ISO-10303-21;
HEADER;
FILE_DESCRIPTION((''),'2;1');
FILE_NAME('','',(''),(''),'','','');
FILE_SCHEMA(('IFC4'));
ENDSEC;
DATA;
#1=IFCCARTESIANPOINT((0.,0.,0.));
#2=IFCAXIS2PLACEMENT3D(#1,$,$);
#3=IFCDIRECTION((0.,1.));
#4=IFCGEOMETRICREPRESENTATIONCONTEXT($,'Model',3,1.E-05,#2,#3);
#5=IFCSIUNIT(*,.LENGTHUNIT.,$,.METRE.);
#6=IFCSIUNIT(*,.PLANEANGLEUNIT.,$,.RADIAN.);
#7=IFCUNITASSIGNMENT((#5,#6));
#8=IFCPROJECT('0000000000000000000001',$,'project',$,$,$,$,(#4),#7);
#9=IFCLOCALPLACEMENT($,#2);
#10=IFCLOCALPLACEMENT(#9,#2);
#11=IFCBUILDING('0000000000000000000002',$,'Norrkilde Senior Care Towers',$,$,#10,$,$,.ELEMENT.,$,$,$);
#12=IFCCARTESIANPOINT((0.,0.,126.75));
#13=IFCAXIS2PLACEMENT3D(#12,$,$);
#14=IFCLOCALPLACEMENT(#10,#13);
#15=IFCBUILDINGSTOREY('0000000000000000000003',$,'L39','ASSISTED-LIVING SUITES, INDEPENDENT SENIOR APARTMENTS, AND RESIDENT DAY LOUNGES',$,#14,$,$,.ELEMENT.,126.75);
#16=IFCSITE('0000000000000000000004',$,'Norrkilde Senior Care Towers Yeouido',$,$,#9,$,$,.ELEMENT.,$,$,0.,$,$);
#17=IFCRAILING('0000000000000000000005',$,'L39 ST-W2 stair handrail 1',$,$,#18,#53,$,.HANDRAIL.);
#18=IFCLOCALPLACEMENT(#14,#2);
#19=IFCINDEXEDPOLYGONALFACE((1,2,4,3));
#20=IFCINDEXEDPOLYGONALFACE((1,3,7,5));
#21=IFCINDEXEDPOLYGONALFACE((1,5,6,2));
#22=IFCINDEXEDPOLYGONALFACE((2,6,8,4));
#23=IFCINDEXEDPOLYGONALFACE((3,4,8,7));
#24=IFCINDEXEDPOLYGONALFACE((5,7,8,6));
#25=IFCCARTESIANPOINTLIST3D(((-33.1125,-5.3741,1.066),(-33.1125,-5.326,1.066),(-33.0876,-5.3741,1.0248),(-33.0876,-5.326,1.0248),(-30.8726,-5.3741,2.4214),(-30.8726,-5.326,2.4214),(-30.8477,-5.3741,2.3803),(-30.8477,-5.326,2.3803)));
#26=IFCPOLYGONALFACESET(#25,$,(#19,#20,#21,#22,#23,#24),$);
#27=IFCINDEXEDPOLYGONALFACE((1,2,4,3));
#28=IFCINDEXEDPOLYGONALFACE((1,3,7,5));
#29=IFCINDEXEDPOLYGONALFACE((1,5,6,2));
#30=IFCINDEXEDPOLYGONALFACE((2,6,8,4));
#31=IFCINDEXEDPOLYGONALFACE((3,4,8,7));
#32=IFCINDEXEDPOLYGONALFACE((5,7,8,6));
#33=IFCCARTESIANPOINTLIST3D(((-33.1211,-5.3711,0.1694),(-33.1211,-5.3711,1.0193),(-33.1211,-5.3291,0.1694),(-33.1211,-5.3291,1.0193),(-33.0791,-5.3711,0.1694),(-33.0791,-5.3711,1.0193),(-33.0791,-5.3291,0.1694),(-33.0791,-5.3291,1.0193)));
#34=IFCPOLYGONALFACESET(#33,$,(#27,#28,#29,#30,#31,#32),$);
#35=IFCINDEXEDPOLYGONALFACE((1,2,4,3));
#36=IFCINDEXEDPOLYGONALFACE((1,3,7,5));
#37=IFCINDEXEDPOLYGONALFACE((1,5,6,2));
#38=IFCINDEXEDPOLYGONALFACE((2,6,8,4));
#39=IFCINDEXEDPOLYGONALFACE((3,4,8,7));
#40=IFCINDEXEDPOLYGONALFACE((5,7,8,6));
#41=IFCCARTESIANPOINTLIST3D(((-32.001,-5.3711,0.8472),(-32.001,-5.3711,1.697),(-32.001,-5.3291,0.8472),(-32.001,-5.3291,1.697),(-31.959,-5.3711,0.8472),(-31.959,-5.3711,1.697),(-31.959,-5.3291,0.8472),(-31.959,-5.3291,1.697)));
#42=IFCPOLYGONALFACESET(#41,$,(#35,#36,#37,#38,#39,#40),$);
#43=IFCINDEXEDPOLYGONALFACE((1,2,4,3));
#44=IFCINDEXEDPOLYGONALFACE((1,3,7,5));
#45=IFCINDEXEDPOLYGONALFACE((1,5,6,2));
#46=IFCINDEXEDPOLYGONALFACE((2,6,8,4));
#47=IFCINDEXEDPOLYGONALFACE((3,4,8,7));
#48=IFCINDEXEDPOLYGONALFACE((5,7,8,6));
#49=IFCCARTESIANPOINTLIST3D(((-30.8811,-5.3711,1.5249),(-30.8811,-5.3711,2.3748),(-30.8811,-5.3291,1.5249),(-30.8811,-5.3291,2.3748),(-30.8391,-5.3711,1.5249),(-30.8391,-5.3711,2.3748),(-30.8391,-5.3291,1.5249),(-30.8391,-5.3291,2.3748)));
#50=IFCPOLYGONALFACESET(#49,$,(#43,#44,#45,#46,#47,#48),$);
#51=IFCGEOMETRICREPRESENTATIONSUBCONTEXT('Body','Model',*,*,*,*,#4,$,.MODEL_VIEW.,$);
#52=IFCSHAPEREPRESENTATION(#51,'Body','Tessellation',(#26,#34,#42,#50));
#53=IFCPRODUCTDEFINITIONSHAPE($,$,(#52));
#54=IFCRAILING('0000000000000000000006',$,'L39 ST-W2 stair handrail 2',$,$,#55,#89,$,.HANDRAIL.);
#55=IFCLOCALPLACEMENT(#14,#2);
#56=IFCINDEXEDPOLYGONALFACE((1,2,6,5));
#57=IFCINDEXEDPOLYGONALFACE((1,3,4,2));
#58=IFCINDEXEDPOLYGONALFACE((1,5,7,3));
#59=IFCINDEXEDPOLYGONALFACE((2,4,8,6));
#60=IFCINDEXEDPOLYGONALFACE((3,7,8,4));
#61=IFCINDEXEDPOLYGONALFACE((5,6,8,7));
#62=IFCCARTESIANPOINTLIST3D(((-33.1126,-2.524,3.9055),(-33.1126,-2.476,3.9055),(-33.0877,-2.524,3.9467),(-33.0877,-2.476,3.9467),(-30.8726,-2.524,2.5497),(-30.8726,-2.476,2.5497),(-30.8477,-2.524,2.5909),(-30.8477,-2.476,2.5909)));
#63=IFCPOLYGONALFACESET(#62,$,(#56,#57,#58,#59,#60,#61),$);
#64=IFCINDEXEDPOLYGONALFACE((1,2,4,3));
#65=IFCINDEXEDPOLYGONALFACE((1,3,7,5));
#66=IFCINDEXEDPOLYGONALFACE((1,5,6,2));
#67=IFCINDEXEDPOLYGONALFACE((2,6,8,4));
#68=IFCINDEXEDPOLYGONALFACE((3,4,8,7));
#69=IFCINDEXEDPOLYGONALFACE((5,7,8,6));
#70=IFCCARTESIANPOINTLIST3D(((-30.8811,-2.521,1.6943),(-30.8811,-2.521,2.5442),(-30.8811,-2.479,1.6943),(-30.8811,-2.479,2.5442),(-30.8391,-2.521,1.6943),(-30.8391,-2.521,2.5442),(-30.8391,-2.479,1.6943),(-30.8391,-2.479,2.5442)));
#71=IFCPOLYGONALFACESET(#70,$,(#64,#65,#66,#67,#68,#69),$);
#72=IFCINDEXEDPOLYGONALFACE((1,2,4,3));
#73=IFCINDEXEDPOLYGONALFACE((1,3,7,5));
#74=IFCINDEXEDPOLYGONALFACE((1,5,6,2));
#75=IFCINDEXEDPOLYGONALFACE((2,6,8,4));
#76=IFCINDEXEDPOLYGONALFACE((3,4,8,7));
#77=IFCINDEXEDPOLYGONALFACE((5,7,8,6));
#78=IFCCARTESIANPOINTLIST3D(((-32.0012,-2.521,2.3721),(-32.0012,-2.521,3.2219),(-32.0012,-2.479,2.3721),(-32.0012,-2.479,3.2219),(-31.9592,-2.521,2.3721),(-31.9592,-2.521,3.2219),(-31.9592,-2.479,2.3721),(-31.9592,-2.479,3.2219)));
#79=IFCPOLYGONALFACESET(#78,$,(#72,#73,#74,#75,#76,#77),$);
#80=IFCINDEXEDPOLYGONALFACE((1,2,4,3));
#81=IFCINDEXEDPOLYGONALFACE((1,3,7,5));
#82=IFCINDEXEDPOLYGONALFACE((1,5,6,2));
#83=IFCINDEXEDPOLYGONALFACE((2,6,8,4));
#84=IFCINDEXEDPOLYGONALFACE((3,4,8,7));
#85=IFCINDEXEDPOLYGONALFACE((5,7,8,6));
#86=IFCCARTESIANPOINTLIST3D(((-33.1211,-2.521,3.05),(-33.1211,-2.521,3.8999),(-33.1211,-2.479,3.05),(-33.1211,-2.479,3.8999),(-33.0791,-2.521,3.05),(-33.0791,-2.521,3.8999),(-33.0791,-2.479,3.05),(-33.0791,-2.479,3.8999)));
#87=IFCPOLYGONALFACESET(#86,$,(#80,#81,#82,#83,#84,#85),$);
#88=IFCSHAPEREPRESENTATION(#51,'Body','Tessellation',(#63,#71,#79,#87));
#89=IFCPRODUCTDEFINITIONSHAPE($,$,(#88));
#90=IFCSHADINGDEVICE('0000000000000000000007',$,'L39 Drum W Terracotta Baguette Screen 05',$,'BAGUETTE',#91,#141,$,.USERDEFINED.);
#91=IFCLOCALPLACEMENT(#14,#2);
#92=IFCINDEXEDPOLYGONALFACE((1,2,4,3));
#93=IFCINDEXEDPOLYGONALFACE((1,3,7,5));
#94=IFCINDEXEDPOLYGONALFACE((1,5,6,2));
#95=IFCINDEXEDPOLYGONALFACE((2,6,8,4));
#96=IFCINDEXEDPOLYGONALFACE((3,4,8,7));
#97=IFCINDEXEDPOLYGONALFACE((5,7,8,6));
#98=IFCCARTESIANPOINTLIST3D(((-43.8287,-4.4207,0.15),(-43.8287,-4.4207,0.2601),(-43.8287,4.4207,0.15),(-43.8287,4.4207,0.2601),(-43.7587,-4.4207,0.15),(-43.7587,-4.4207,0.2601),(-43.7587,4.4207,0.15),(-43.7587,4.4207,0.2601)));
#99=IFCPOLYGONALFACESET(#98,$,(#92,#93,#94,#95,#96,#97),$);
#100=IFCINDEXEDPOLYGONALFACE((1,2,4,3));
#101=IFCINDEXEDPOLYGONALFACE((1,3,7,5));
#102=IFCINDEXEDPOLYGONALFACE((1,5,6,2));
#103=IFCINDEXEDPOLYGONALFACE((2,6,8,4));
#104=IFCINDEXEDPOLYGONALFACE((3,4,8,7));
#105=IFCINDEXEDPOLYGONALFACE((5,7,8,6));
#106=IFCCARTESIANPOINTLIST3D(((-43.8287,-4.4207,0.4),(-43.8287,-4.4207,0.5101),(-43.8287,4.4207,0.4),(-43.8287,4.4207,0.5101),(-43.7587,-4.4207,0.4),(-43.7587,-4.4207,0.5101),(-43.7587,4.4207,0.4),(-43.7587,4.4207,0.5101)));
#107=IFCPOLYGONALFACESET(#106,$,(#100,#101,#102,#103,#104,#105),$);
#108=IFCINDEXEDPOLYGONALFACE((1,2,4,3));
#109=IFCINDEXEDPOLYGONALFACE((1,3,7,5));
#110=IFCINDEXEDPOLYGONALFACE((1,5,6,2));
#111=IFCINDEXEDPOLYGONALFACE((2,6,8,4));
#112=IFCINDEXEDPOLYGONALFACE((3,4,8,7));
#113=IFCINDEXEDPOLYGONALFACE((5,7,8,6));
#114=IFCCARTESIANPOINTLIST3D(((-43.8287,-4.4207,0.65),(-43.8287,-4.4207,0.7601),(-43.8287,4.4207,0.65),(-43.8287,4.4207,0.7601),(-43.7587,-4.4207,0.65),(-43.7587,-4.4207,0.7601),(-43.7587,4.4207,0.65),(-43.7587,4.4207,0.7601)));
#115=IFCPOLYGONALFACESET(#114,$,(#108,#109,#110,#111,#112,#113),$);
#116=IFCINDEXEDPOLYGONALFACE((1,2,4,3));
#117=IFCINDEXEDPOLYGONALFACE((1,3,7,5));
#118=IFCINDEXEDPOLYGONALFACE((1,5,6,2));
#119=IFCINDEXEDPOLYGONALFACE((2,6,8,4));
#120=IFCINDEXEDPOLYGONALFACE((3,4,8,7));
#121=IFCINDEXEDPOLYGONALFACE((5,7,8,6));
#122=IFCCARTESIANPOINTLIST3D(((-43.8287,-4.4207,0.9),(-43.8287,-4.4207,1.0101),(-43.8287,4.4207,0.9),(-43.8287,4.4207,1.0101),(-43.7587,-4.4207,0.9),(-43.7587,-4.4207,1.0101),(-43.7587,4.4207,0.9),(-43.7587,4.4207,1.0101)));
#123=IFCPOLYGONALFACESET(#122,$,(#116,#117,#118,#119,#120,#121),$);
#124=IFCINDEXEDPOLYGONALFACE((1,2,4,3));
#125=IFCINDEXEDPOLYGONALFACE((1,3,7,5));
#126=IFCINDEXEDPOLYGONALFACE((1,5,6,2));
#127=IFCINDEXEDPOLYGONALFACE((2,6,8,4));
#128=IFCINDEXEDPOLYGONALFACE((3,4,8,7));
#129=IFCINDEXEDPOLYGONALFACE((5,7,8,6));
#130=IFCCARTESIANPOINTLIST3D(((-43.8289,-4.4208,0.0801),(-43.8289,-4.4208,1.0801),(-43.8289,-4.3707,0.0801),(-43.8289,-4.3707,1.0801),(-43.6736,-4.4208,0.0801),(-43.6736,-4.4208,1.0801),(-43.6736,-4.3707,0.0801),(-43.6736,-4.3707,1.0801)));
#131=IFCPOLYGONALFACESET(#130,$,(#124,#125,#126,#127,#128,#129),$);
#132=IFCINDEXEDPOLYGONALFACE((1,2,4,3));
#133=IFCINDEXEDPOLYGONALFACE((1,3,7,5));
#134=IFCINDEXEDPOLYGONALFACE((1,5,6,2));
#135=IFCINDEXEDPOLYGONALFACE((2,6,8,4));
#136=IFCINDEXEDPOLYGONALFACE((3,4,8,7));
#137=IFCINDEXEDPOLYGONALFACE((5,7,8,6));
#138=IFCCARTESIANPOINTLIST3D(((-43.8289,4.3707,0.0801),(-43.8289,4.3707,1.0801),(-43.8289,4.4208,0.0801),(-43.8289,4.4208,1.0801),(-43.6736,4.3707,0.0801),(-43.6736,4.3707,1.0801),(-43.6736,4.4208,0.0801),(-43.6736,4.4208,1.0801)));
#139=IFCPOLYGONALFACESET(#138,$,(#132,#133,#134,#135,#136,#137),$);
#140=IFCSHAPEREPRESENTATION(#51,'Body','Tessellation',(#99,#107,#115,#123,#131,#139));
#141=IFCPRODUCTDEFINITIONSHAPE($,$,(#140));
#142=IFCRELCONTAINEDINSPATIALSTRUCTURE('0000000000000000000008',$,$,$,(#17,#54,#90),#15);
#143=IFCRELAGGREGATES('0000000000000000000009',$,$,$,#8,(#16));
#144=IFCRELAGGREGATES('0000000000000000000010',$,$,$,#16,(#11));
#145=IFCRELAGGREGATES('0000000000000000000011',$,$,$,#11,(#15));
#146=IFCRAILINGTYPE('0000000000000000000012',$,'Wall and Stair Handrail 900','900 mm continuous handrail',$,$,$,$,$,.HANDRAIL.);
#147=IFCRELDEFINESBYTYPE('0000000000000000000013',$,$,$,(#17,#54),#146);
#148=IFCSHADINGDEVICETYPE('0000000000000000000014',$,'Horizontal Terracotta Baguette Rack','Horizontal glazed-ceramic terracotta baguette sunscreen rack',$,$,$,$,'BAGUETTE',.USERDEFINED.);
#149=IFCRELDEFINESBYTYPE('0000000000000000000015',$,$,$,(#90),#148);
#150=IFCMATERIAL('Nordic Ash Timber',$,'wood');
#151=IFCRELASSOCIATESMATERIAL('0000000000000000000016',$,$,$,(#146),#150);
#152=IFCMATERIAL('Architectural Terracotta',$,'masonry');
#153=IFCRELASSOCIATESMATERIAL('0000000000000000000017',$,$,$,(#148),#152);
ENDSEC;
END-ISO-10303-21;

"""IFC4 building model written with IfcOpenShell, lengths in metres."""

from ifc_helpers import new_model, si_unit, direction, frame, origin, origin_2d, place, context, subcontext, project, spatial, rectangle, extrude, source, transform, mapped, material, type_object, type_shapes, element, save


model = new_model("IFC4")

# Units and contexts
model_context = context("Model", 3, precision=1e-05, world=origin(), true_north=direction((0.0, 1.0)))
body_context = subcontext(model_context, "Body", "Model", "MODEL_VIEW")
ifc_project = project(units=[si_unit("LENGTHUNIT", "METRE"), si_unit("PLANEANGLEUNIT", "RADIAN")], contexts=[model_context])

# Site, building, storey
site_placement = place(None, origin())
site = spatial("IfcSite", under=ifc_project, at=site_placement, Name="Norrkilde Senior Care Towers Yeouido", CompositionType="ELEMENT", RefElevation=0.0)
building_placement = place(site_placement, origin())
building = spatial("IfcBuilding", under=site, at=building_placement, Name="Norrkilde Senior Care Towers", CompositionType="ELEMENT")
storey_placement = place(building_placement, frame((0.0, 0.0, 126.75)))
storey = spatial("IfcBuildingStorey", under=building, at=storey_placement, Name="L39", Description="ASSISTED-LIVING SUITES, INDEPENDENT SENIOR APARTMENTS, AND RESIDENT DAY LOUNGES", CompositionType="ELEMENT", Elevation=126.75)

# Railings
ifc_material_1 = material(Name="Nordic Ash Timber", Category="wood")
railing_type_1 = type_object("IfcRailingType", Name="Wall and Stair Handrail 900", Description="900 mm continuous handrail", PredefinedType="HANDRAIL", material=ifc_material_1)
railing_1_placement = place(storey_placement, frame((-33.1001, -5.3501, 0.1694)))
element("IfcRailing", 1, at=railing_1_placement, inside=storey, type_object=railing_type_1, Name="L39 ST-W2 stair handrail 1", PredefinedType="HANDRAIL", context=body_context, shape_type="SweptSolid", body=[
    extrude(rectangle(XDim=0.0481, YDim=0.0481, at=origin_2d()), frame((0.0, 0.0, 0.876), z_axis=(0.855553, 0.0, 0.517715), x_axis=(0.0, 1.0, 0.0)), (0.0, 0.0, 1.0), 2.6182),
    extrude(rectangle(XDim=0.042, YDim=0.042, at=origin_2d()), origin(), (0.0, 0.0, 1.0), 0.8499),
    extrude(rectangle(XDim=0.042, YDim=0.042, at=origin_2d()), frame((1.1201, 0.0, 0.6777)), (0.0, 0.0, 1.0), 0.8499),
    extrude(rectangle(XDim=0.042, YDim=0.042, at=origin_2d()), frame((2.24, 0.0, 1.3555)), (0.0, 0.0, 1.0), 0.8499),
])
railing_2_placement = place(storey_placement, frame((-30.8601, -2.5, 1.6943)))
element("IfcRailing", 2, at=railing_2_placement, inside=storey, type_object=railing_type_1, Name="L39 ST-W2 stair handrail 2", PredefinedType="HANDRAIL", context=body_context, shape_type="SweptSolid", body=[
    extrude(rectangle(XDim=0.0481, YDim=0.0481, at=origin_2d()), frame((0.0, 0.0, 0.876), z_axis=(-0.855512, 0.0, 0.517783), x_axis=(0.0, -1.0, 0.0)), (0.0, 0.0, 1.0), 2.6184),
    extrude(rectangle(XDim=0.042, YDim=0.042, at=origin_2d()), origin(), (0.0, 0.0, 1.0), 0.8499),
    extrude(rectangle(XDim=0.042, YDim=0.042, at=origin_2d()), frame((-1.1201, 0.0, 0.6777)), (0.0, 0.0, 1.0), 0.8499),
    extrude(rectangle(XDim=0.042, YDim=0.042, at=origin_2d()), frame((-2.24, 0.0, 1.3557)), (0.0, 0.0, 1.0), 0.8499),
])

# Shading device
ifc_material_2 = material(Name="Architectural Terracotta", Category="masonry")
shading_device_type = type_object("IfcShadingDeviceType", Name="Horizontal Terracotta Baguette Rack", Description="Horizontal glazed-ceramic terracotta baguette sunscreen rack", ElementType="BAGUETTE", PredefinedType="USERDEFINED", material=ifc_material_2)
shared_shape_1 = source(origin(), body_context, "Body", "SweptSolid", [
    extrude(rectangle(XDim=0.0701, YDim=0.1101, at=origin_2d()), frame((0.0, 0.0901, 0.125), z_axis=(1.0, 0.0, 0.0), x_axis=(0.0, 1.0, 0.0)), (0.0, 0.0, 1.0), 8.8413),
    extrude(rectangle(XDim=0.0701, YDim=0.1101, at=origin_2d()), frame((0.0, 0.0901, 0.375), z_axis=(1.0, 0.0, 0.0), x_axis=(0.0, 1.0, 0.0)), (0.0, 0.0, 1.0), 8.8413),
    extrude(rectangle(XDim=0.0701, YDim=0.1101, at=origin_2d()), frame((0.0, 0.0901, 0.625), z_axis=(1.0, 0.0, 0.0), x_axis=(0.0, 1.0, 0.0)), (0.0, 0.0, 1.0), 8.8413),
    extrude(rectangle(XDim=0.0701, YDim=0.1101, at=origin_2d()), frame((0.0, 0.0901, 0.875), z_axis=(1.0, 0.0, 0.0), x_axis=(0.0, 1.0, 0.0)), (0.0, 0.0, 1.0), 8.8413),
    extrude(rectangle(XDim=0.05, YDim=0.1553, at=origin_2d()), frame((0.0249, 0.0476, 0.0)), (0.0, 0.0, 1.0), 1.0),
    extrude(rectangle(XDim=0.05, YDim=0.1553, at=origin_2d()), frame((8.8164, 0.0476, 0.0)), (0.0, 0.0, 1.0), 1.0),
])
type_shapes(shading_device_type, [shared_shape_1])
shading_device_placement = place(storey_placement, frame((-43.7036, -4.4207, 0.0801), z_axis=(0.0, 0.0, 1.0), x_axis=(0.0, 1.0, 0.0)))
element("IfcShadingDevice", 3, at=shading_device_placement, inside=storey, type_object=shading_device_type, Name="L39 Drum W Terracotta Baguette Screen 05", ObjectType="BAGUETTE", PredefinedType="USERDEFINED", context=body_context, shape_type="MappedRepresentation", body=[
    mapped(shared_shape_1, transform((0.0, 0.0, 0.0), x_axis=(1.0, 0.0, 0.0), y_axis=(0.0, 1.0, 0.0), z_axis=(0.0, 0.0, 1.0), scale=1.0)),
])

save(model, "model.ifc")
